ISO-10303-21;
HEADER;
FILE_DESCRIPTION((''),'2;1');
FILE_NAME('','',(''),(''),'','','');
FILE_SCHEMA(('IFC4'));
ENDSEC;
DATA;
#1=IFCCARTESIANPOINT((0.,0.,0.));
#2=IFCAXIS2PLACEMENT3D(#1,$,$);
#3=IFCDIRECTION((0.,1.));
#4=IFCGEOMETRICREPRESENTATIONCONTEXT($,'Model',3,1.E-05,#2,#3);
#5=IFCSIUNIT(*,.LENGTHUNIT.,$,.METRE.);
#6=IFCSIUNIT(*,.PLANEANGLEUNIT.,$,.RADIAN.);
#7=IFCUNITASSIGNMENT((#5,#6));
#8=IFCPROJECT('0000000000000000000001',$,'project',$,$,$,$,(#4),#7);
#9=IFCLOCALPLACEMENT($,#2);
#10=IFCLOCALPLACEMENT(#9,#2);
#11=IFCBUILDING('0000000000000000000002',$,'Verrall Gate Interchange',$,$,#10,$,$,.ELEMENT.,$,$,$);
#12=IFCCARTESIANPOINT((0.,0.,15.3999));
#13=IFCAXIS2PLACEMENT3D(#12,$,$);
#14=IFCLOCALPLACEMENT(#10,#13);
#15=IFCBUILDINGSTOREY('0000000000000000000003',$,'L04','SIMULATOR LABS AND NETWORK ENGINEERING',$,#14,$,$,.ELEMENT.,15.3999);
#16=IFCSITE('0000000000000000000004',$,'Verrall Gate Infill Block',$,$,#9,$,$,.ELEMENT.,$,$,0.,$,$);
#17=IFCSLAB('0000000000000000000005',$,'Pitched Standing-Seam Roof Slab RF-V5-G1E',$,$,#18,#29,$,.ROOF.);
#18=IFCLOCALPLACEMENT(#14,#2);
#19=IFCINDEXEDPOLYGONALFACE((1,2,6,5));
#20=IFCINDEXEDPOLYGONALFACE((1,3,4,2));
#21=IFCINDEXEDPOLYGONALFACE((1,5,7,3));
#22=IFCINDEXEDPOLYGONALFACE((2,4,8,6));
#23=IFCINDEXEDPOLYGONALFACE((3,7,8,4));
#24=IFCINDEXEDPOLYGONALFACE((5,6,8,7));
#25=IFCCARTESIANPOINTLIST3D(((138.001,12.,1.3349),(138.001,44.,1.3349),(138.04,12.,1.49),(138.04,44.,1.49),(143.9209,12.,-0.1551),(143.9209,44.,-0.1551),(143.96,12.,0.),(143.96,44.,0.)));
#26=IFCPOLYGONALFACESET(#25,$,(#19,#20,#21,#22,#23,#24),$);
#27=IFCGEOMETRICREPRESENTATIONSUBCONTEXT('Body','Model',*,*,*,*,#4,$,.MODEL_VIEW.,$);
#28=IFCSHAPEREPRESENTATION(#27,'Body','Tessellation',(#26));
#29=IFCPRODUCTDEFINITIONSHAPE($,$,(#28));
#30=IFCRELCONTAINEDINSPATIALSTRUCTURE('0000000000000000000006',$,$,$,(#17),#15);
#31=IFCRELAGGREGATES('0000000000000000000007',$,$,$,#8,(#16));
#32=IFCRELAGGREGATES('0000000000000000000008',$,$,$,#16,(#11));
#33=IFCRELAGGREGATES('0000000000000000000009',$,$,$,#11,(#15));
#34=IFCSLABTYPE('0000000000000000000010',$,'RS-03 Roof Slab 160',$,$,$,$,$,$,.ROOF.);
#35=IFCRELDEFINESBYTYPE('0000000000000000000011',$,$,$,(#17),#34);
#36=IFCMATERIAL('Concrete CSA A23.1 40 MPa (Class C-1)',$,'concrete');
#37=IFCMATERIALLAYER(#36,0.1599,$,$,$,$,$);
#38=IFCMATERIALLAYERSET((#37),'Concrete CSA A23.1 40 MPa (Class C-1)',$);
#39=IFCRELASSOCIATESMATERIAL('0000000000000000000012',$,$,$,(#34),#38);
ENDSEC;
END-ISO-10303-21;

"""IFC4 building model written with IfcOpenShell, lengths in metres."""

from ifc_helpers import new_model, si_unit, direction, frame, origin, place, context, subcontext, project, spatial, polyline, outline, extrude, material, layer, layer_set, type_object, element, save


model = new_model("IFC4")

# Units and contexts
model_context = context("Model", 3, precision=1e-05, world=origin(), true_north=direction((0.0, 1.0)))
body_context = subcontext(model_context, "Body", "Model", "MODEL_VIEW")
ifc_project = project(units=[si_unit("LENGTHUNIT", "METRE"), si_unit("PLANEANGLEUNIT", "RADIAN")], contexts=[model_context])

# Site, building, storey
site_placement = place(None, origin())
site = spatial("IfcSite", under=ifc_project, at=site_placement, Name="Verrall Gate Infill Block", CompositionType="ELEMENT", RefElevation=0.0)
building_placement = place(site_placement, origin())
building = spatial("IfcBuilding", under=site, at=building_placement, Name="Verrall Gate Interchange", CompositionType="ELEMENT")
storey_placement = place(building_placement, frame((0.0, 0.0, 15.3999)))
storey = spatial("IfcBuildingStorey", under=building, at=storey_placement, Name="L04", Description="SIMULATOR LABS AND NETWORK ENGINEERING", CompositionType="ELEMENT", Elevation=15.3999)

# Slab
ifc_material_1 = material(Name="Concrete CSA A23.1 40 MPa (Class C-1)", Category="concrete")
ifc_layer_1 = layer(ifc_material_1, 0.1599)
ifc_layer_set_1 = layer_set([ifc_layer_1], Name="Concrete CSA A23.1 40 MPa (Class C-1)")
slab_type = type_object("IfcSlabType", Name="RS-03 Roof Slab 160", PredefinedType="ROOF", material=ifc_layer_set_1)
slab_placement = place(storey_placement, frame((138.04, 12.0, 1.49), z_axis=(0.244079, 0.0, 0.969755), x_axis=(0.969755, 0.0, -0.244079)))
element("IfcSlab", 1, at=slab_placement, inside=storey, type_object=slab_type, Name="Pitched Standing-Seam Roof Slab RF-V5-G1E", PredefinedType="ROOF", context=body_context, shape_type="SweptSolid", body=[
    extrude(outline(polyline([(0.0, 0.0), (6.1046, 0.0), (6.1046, 32.0), (0.0, 32.0), (0.0, 0.0)])), origin(), (0.0, 0.0, -1.0), 0.1599),
])

save(model, "model.ifc")
